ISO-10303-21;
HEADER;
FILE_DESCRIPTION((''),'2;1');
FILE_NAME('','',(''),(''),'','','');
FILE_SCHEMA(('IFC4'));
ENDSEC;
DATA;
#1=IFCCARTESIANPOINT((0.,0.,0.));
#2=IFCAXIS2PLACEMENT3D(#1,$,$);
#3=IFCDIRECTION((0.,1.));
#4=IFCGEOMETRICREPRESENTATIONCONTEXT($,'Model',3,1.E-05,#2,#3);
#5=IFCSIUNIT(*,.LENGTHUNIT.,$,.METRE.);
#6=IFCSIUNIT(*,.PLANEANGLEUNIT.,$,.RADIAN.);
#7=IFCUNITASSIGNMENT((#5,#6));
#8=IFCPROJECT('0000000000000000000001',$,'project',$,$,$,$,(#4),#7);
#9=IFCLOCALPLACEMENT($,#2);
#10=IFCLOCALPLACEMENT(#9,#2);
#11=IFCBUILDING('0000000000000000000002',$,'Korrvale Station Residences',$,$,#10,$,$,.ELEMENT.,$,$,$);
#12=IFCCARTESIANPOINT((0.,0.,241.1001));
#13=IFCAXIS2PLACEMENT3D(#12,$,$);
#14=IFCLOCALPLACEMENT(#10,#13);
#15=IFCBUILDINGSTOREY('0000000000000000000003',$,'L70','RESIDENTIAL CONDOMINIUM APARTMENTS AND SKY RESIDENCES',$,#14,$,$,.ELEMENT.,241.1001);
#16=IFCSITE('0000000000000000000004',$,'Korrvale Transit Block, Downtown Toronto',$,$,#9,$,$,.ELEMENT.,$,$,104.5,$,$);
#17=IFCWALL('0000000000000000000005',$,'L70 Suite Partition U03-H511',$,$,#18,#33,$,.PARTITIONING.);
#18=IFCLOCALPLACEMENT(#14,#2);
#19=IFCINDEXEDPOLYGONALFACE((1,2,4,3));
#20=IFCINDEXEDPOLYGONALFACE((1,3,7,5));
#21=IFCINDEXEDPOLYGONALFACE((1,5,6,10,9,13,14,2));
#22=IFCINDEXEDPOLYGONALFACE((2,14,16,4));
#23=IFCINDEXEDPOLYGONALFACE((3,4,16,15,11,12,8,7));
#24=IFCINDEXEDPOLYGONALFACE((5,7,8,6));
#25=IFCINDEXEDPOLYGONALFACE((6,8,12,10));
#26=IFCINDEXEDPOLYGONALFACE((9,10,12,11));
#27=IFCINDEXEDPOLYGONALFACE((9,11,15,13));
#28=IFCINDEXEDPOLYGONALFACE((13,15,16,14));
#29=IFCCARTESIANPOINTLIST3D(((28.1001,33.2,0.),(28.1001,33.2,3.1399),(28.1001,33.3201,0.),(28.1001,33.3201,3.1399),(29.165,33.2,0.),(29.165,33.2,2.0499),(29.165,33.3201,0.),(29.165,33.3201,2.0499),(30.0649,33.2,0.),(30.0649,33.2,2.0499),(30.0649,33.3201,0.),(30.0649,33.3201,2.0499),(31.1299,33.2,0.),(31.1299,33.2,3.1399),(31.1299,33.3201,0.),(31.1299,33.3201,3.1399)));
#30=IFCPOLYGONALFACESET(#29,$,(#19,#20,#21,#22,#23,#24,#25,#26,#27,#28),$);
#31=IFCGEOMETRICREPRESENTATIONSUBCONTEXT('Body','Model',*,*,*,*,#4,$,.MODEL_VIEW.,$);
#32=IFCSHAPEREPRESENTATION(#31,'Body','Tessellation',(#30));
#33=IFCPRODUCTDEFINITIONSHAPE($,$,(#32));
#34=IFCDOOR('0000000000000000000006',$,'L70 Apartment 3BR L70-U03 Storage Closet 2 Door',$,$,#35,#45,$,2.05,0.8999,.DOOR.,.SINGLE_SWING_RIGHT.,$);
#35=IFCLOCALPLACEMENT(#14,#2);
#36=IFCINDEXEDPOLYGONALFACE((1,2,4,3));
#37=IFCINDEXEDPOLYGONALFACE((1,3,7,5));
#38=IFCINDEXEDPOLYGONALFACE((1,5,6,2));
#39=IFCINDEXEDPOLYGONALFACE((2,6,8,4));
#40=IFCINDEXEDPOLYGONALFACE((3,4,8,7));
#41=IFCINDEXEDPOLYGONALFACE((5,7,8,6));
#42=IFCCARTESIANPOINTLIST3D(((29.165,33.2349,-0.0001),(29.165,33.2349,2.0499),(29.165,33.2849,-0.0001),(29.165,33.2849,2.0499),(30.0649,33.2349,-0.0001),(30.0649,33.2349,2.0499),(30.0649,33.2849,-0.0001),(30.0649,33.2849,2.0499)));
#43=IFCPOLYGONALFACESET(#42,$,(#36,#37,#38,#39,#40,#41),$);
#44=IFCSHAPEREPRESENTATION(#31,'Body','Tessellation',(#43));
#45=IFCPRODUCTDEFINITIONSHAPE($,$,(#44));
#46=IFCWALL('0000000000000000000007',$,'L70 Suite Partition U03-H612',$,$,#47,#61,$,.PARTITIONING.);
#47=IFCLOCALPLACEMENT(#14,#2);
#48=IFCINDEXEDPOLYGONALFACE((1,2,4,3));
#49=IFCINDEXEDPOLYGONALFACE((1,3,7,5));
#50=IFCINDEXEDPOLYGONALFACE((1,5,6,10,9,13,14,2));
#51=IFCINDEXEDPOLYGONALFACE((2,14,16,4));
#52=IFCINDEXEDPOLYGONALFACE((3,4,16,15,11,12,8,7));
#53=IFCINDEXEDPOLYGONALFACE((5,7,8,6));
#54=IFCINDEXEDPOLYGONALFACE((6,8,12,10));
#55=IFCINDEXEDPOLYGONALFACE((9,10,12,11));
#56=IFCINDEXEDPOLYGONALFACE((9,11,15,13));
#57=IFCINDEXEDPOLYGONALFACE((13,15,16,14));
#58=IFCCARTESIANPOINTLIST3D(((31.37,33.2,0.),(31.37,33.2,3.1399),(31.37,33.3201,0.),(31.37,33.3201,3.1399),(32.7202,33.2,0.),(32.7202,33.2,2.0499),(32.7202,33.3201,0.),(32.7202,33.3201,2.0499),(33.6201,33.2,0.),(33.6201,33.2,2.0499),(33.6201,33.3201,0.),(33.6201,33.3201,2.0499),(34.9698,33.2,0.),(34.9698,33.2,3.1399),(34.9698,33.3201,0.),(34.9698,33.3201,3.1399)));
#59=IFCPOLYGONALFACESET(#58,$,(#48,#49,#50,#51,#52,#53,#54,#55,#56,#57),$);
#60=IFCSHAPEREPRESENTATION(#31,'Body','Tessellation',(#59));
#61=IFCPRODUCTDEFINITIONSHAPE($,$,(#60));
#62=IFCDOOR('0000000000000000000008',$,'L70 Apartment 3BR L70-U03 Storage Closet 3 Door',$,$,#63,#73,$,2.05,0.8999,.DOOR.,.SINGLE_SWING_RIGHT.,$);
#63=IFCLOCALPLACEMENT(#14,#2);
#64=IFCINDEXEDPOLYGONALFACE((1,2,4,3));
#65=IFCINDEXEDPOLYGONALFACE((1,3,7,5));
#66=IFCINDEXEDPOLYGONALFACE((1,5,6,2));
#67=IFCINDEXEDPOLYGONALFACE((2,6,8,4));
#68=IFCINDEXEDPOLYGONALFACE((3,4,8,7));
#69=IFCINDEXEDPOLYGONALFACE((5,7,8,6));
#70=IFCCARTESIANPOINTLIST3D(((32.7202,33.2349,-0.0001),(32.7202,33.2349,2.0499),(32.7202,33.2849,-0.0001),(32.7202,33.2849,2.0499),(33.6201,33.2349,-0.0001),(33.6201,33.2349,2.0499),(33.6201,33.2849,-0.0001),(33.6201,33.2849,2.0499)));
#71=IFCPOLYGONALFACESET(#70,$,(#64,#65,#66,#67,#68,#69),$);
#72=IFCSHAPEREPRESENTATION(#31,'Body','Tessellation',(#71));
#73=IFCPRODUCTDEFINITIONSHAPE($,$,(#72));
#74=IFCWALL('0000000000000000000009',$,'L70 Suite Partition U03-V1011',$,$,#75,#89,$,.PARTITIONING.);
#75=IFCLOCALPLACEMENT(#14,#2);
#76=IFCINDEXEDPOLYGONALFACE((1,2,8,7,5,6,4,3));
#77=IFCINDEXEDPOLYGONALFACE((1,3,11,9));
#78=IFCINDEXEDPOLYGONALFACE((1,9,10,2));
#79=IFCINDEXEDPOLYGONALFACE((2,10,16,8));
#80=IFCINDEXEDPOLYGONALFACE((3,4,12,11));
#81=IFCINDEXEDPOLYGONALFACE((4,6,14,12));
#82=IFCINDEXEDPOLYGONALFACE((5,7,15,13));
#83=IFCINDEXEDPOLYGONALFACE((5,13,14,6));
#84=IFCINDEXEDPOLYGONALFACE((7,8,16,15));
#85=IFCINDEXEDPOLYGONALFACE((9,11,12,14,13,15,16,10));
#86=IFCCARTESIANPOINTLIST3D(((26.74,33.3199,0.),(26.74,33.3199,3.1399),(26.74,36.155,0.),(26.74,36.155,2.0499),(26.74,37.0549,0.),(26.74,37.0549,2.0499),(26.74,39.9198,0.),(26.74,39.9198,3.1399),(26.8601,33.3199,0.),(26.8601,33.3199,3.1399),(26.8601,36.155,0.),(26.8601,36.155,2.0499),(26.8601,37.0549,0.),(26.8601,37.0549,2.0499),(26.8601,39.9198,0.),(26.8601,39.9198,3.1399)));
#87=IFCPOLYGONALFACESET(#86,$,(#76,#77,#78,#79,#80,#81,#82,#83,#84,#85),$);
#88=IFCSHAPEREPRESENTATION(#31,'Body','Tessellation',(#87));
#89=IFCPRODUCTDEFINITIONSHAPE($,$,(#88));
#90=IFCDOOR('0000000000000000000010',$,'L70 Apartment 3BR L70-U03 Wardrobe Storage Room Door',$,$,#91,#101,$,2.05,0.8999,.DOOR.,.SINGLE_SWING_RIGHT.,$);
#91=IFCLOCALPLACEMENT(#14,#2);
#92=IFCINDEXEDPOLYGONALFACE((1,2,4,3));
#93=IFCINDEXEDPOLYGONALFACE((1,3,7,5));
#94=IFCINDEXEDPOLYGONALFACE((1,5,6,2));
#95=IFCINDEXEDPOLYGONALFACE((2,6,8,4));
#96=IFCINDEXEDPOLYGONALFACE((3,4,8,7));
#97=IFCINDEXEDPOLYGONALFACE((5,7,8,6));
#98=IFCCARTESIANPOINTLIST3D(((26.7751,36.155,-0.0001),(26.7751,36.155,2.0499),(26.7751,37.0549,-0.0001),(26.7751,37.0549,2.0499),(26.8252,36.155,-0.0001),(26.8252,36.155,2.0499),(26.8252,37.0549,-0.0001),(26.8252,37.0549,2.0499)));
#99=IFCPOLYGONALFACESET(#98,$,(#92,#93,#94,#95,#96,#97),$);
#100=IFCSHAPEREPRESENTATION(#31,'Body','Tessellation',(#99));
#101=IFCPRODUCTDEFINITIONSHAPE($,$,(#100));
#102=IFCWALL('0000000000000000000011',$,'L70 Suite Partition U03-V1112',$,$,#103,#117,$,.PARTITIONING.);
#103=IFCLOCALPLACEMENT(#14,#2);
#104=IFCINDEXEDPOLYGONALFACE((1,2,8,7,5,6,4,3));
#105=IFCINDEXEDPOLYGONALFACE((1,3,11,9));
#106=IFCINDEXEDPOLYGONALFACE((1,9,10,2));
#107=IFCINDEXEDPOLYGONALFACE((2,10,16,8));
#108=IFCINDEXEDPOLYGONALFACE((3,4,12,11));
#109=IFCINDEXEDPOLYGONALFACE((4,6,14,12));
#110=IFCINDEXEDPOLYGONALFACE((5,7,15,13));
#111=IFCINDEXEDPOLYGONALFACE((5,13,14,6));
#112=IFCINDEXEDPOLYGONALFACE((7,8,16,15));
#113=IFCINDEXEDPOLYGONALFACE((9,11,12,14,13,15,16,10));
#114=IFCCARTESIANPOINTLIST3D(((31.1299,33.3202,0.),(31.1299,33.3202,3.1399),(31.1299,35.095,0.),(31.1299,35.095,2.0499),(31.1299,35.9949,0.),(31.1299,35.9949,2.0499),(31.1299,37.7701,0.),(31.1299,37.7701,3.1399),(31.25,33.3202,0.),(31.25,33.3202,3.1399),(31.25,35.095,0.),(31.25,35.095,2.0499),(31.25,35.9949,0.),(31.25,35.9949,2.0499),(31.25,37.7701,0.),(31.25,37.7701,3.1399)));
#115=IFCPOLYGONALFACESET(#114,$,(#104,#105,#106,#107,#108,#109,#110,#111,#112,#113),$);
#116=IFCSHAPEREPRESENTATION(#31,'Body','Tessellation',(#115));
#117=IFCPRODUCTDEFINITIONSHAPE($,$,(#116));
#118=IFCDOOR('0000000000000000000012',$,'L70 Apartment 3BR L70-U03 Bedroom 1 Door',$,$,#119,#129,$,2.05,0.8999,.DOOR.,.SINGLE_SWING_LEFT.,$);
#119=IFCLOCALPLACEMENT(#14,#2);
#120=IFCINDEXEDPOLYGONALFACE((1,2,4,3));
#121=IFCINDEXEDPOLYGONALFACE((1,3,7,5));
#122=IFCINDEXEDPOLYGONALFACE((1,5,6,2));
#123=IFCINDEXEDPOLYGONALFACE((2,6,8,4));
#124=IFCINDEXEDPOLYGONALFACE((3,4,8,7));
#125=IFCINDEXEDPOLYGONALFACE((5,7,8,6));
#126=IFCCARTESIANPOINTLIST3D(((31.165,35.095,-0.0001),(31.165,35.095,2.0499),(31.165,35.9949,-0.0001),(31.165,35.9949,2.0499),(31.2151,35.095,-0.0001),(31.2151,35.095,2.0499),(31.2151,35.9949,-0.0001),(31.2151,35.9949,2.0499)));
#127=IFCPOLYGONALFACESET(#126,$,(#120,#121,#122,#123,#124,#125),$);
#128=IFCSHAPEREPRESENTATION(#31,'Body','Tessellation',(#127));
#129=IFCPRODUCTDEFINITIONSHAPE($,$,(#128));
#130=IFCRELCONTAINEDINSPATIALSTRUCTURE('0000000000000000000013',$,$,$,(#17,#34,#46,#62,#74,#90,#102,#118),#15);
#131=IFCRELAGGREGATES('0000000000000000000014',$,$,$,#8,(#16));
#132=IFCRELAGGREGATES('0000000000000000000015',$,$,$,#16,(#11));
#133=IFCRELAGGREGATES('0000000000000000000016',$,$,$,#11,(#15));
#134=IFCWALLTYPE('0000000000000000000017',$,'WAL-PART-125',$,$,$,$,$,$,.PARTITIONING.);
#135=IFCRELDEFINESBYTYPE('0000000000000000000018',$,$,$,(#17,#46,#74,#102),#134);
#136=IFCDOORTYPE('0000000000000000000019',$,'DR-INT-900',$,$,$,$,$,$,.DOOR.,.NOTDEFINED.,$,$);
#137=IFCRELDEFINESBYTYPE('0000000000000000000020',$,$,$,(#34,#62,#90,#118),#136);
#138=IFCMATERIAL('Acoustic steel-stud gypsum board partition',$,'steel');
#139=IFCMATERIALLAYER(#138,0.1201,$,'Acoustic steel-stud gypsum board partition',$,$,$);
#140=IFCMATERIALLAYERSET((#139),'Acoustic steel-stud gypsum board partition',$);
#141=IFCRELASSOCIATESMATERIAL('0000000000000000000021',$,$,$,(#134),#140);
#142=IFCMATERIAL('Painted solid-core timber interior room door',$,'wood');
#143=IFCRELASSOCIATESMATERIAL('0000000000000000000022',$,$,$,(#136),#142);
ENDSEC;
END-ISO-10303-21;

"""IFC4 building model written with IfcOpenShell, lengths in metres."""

from ifc_helpers import new_model, si_unit, direction, frame, frame_2d, origin, place, context, subcontext, project, spatial, rectangle, extrude, material, layer, layer_set, type_object, element, fill, save


model = new_model("IFC4")

# Units and contexts
model_context = context("Model", 3, precision=1e-05, world=origin(), true_north=direction((0.0, 1.0)))
body_context = subcontext(model_context, "Body", "Model", "MODEL_VIEW")
ifc_project = project(units=[si_unit("LENGTHUNIT", "METRE"), si_unit("PLANEANGLEUNIT", "RADIAN")], contexts=[model_context])

# Site, building, storey
site_placement = place(None, origin())
site = spatial("IfcSite", under=ifc_project, at=site_placement, Name="Korrvale Transit Block, Downtown Toronto", CompositionType="ELEMENT", RefElevation=104.5)
building_placement = place(site_placement, origin())
building = spatial("IfcBuilding", under=site, at=building_placement, Name="Korrvale Station Residences", CompositionType="ELEMENT")
storey_placement = place(building_placement, frame((0.0, 0.0, 241.1001)))
storey = spatial("IfcBuildingStorey", under=building, at=storey_placement, Name="L70", Description="RESIDENTIAL CONDOMINIUM APARTMENTS AND SKY RESIDENCES", CompositionType="ELEMENT", Elevation=241.1001)

# Walls, openings, doors
ifc_material_1 = material(Name="Acoustic steel-stud gypsum board partition", Category="steel")
ifc_layer = layer(ifc_material_1, 0.1201, Name="Acoustic steel-stud gypsum board partition")
ifc_layer_set = layer_set([ifc_layer], Name="Acoustic steel-stud gypsum board partition")
wall_type = type_object("IfcWallType", Name="WAL-PART-125", PredefinedType="PARTITIONING", material=ifc_layer_set)
ifc_material_2 = material(Name="Painted solid-core timber interior room door", Category="wood")
door_type = type_object("IfcDoorType", Name="DR-INT-900", OperationType="NOTDEFINED", PredefinedType="DOOR", material=ifc_material_2)
wall_1_placement = place(storey_placement, frame((28.1001, 33.26, 0.0), z_axis=(0.0, 0.0, 1.0), x_axis=(1.0, 0.0, 0.0)))
wall_1 = element("IfcWall", 1, at=wall_1_placement, inside=storey, type_object=wall_type, Name="L70 Suite Partition U03-H511", PredefinedType="PARTITIONING", context=body_context, shape_type="SweptSolid", body=[
    extrude(rectangle(XDim=3.0298, YDim=0.1201, at=frame_2d((1.5149, 0.0))), origin(), (0.0, 0.0, 1.0), 3.1399),
])
opening_1_placement = place(wall_1_placement, frame((1.0649, 0.0, 0.0)))
opening_1 = element("IfcOpeningElement", 2, at=opening_1_placement, cuts=wall_1, PredefinedType="OPENING", context=body_context, shape_type="SweptSolid", body=[
    extrude(rectangle(XDim=0.8999, YDim=2.05, at=frame_2d((0.45, 1.0249))), frame((0.0, 0.0701, 0.0), z_axis=(0.0, -1.0, 0.0), x_axis=(1.0, 0.0, 0.0)), (0.0, 0.0, 1.0), 0.1401),
])
door_1_placement = place(opening_1_placement, origin())
door_1 = element("IfcDoor", 3, at=door_1_placement, inside=storey, type_object=door_type, Name="L70 Apartment 3BR L70-U03 Storage Closet 2 Door", OperationType="SINGLE_SWING_RIGHT", OverallHeight=2.05, OverallWidth=0.8999, PredefinedType="DOOR", context=body_context, shape_type="SweptSolid", body=[
    extrude(rectangle(XDim=0.8999, YDim=2.05, at=frame_2d((0.45, 1.0249))), frame((0.0, 0.0249, 0.0), z_axis=(0.0, -1.0, 0.0), x_axis=(1.0, 0.0, 0.0)), (0.0, 0.0, 1.0), 0.05),
])
fill(opening_1, door_1)
wall_2_placement = place(storey_placement, frame((31.3701, 33.26, 0.0), z_axis=(0.0, 0.0, 1.0), x_axis=(1.0, 0.0, 0.0)))
wall_2 = element("IfcWall", 4, at=wall_2_placement, inside=storey, type_object=wall_type, Name="L70 Suite Partition U03-H612", PredefinedType="PARTITIONING", context=body_context, shape_type="SweptSolid", body=[
    extrude(rectangle(XDim=3.5999, YDim=0.1201, at=frame_2d((1.7998, 0.0))), origin(), (0.0, 0.0, 1.0), 3.1399),
])
opening_2_placement = place(wall_2_placement, frame((1.3501, 0.0, 0.0)))
opening_2 = element("IfcOpeningElement", 5, at=opening_2_placement, cuts=wall_2, PredefinedType="OPENING", context=body_context, shape_type="SweptSolid", body=[
    extrude(rectangle(XDim=0.8999, YDim=2.05, at=frame_2d((0.45, 1.0249))), frame((0.0, 0.0701, 0.0), z_axis=(0.0, -1.0, 0.0), x_axis=(1.0, 0.0, 0.0)), (0.0, 0.0, 1.0), 0.1401),
])
door_2_placement = place(opening_2_placement, origin())
door_2 = element("IfcDoor", 6, at=door_2_placement, inside=storey, type_object=door_type, Name="L70 Apartment 3BR L70-U03 Storage Closet 3 Door", OperationType="SINGLE_SWING_RIGHT", OverallHeight=2.05, OverallWidth=0.8999, PredefinedType="DOOR", context=body_context, shape_type="SweptSolid", body=[
    extrude(rectangle(XDim=0.8999, YDim=2.05, at=frame_2d((0.45, 1.0249))), frame((0.0, 0.0249, 0.0), z_axis=(0.0, -1.0, 0.0), x_axis=(1.0, 0.0, 0.0)), (0.0, 0.0, 1.0), 0.05),
])
fill(opening_2, door_2)
wall_3_placement = place(storey_placement, frame((26.8, 33.3201, 0.0), z_axis=(0.0, 0.0, 1.0), x_axis=(0.0, 1.0, 0.0)))
wall_3 = element("IfcWall", 7, at=wall_3_placement, inside=storey, type_object=wall_type, Name="L70 Suite Partition U03-V1011", PredefinedType="PARTITIONING", context=body_context, shape_type="SweptSolid", body=[
    extrude(rectangle(XDim=6.5999, YDim=0.1201, at=frame_2d((3.2998, 0.0))), origin(), (0.0, 0.0, 1.0), 3.1399),
])
opening_3_placement = place(wall_3_placement, frame((2.835, 0.0, 0.0)))
opening_3 = element("IfcOpeningElement", 8, at=opening_3_placement, cuts=wall_3, PredefinedType="OPENING", context=body_context, shape_type="SweptSolid", body=[
    extrude(rectangle(XDim=0.8999, YDim=2.05, at=frame_2d((0.45, 1.0249))), frame((0.0, 0.0701, 0.0), z_axis=(0.0, -1.0, 0.0), x_axis=(1.0, 0.0, 0.0)), (0.0, 0.0, 1.0), 0.1401),
])
door_3_placement = place(opening_3_placement, origin())
door_3 = element("IfcDoor", 9, at=door_3_placement, inside=storey, type_object=door_type, Name="L70 Apartment 3BR L70-U03 Wardrobe Storage Room Door", OperationType="SINGLE_SWING_RIGHT", OverallHeight=2.05, OverallWidth=0.8999, PredefinedType="DOOR", context=body_context, shape_type="SweptSolid", body=[
    extrude(rectangle(XDim=0.8999, YDim=2.05, at=frame_2d((0.45, 1.0249))), frame((0.0, 0.0249, 0.0), z_axis=(0.0, -1.0, 0.0), x_axis=(1.0, 0.0, 0.0)), (0.0, 0.0, 1.0), 0.05),
])
fill(opening_3, door_3)
wall_4_placement = place(storey_placement, frame((31.1899, 33.3201, 0.0), z_axis=(0.0, 0.0, 1.0), x_axis=(0.0, 1.0, 0.0)))
wall_4 = element("IfcWall", 10, at=wall_4_placement, inside=storey, type_object=wall_type, Name="L70 Suite Partition U03-V1112", PredefinedType="PARTITIONING", context=body_context, shape_type="SweptSolid", body=[
    extrude(rectangle(XDim=4.45, YDim=0.1201, at=frame_2d((2.2251, 0.0))), origin(), (0.0, 0.0, 1.0), 3.1399),
])
opening_4_placement = place(wall_4_placement, frame((1.7749, 0.0, 0.0)))
opening_4 = element("IfcOpeningElement", 11, at=opening_4_placement, cuts=wall_4, PredefinedType="OPENING", context=body_context, shape_type="SweptSolid", body=[
    extrude(rectangle(XDim=0.8999, YDim=2.05, at=frame_2d((0.45, 1.0249))), frame((0.0, 0.0701, 0.0), z_axis=(0.0, -1.0, 0.0), x_axis=(1.0, 0.0, 0.0)), (0.0, 0.0, 1.0), 0.1401),
])
door_4_placement = place(opening_4_placement, origin())
door_4 = element("IfcDoor", 12, at=door_4_placement, inside=storey, type_object=door_type, Name="L70 Apartment 3BR L70-U03 Bedroom 1 Door", OperationType="SINGLE_SWING_LEFT", OverallHeight=2.05, OverallWidth=0.8999, PredefinedType="DOOR", context=body_context, shape_type="SweptSolid", body=[
    extrude(rectangle(XDim=0.8999, YDim=2.05, at=frame_2d((0.45, 1.0249))), frame((0.0, 0.0249, 0.0), z_axis=(0.0, -1.0, 0.0), x_axis=(1.0, 0.0, 0.0)), (0.0, 0.0, 1.0), 0.05),
])
fill(opening_4, door_4)

save(model, "model.ifc")
